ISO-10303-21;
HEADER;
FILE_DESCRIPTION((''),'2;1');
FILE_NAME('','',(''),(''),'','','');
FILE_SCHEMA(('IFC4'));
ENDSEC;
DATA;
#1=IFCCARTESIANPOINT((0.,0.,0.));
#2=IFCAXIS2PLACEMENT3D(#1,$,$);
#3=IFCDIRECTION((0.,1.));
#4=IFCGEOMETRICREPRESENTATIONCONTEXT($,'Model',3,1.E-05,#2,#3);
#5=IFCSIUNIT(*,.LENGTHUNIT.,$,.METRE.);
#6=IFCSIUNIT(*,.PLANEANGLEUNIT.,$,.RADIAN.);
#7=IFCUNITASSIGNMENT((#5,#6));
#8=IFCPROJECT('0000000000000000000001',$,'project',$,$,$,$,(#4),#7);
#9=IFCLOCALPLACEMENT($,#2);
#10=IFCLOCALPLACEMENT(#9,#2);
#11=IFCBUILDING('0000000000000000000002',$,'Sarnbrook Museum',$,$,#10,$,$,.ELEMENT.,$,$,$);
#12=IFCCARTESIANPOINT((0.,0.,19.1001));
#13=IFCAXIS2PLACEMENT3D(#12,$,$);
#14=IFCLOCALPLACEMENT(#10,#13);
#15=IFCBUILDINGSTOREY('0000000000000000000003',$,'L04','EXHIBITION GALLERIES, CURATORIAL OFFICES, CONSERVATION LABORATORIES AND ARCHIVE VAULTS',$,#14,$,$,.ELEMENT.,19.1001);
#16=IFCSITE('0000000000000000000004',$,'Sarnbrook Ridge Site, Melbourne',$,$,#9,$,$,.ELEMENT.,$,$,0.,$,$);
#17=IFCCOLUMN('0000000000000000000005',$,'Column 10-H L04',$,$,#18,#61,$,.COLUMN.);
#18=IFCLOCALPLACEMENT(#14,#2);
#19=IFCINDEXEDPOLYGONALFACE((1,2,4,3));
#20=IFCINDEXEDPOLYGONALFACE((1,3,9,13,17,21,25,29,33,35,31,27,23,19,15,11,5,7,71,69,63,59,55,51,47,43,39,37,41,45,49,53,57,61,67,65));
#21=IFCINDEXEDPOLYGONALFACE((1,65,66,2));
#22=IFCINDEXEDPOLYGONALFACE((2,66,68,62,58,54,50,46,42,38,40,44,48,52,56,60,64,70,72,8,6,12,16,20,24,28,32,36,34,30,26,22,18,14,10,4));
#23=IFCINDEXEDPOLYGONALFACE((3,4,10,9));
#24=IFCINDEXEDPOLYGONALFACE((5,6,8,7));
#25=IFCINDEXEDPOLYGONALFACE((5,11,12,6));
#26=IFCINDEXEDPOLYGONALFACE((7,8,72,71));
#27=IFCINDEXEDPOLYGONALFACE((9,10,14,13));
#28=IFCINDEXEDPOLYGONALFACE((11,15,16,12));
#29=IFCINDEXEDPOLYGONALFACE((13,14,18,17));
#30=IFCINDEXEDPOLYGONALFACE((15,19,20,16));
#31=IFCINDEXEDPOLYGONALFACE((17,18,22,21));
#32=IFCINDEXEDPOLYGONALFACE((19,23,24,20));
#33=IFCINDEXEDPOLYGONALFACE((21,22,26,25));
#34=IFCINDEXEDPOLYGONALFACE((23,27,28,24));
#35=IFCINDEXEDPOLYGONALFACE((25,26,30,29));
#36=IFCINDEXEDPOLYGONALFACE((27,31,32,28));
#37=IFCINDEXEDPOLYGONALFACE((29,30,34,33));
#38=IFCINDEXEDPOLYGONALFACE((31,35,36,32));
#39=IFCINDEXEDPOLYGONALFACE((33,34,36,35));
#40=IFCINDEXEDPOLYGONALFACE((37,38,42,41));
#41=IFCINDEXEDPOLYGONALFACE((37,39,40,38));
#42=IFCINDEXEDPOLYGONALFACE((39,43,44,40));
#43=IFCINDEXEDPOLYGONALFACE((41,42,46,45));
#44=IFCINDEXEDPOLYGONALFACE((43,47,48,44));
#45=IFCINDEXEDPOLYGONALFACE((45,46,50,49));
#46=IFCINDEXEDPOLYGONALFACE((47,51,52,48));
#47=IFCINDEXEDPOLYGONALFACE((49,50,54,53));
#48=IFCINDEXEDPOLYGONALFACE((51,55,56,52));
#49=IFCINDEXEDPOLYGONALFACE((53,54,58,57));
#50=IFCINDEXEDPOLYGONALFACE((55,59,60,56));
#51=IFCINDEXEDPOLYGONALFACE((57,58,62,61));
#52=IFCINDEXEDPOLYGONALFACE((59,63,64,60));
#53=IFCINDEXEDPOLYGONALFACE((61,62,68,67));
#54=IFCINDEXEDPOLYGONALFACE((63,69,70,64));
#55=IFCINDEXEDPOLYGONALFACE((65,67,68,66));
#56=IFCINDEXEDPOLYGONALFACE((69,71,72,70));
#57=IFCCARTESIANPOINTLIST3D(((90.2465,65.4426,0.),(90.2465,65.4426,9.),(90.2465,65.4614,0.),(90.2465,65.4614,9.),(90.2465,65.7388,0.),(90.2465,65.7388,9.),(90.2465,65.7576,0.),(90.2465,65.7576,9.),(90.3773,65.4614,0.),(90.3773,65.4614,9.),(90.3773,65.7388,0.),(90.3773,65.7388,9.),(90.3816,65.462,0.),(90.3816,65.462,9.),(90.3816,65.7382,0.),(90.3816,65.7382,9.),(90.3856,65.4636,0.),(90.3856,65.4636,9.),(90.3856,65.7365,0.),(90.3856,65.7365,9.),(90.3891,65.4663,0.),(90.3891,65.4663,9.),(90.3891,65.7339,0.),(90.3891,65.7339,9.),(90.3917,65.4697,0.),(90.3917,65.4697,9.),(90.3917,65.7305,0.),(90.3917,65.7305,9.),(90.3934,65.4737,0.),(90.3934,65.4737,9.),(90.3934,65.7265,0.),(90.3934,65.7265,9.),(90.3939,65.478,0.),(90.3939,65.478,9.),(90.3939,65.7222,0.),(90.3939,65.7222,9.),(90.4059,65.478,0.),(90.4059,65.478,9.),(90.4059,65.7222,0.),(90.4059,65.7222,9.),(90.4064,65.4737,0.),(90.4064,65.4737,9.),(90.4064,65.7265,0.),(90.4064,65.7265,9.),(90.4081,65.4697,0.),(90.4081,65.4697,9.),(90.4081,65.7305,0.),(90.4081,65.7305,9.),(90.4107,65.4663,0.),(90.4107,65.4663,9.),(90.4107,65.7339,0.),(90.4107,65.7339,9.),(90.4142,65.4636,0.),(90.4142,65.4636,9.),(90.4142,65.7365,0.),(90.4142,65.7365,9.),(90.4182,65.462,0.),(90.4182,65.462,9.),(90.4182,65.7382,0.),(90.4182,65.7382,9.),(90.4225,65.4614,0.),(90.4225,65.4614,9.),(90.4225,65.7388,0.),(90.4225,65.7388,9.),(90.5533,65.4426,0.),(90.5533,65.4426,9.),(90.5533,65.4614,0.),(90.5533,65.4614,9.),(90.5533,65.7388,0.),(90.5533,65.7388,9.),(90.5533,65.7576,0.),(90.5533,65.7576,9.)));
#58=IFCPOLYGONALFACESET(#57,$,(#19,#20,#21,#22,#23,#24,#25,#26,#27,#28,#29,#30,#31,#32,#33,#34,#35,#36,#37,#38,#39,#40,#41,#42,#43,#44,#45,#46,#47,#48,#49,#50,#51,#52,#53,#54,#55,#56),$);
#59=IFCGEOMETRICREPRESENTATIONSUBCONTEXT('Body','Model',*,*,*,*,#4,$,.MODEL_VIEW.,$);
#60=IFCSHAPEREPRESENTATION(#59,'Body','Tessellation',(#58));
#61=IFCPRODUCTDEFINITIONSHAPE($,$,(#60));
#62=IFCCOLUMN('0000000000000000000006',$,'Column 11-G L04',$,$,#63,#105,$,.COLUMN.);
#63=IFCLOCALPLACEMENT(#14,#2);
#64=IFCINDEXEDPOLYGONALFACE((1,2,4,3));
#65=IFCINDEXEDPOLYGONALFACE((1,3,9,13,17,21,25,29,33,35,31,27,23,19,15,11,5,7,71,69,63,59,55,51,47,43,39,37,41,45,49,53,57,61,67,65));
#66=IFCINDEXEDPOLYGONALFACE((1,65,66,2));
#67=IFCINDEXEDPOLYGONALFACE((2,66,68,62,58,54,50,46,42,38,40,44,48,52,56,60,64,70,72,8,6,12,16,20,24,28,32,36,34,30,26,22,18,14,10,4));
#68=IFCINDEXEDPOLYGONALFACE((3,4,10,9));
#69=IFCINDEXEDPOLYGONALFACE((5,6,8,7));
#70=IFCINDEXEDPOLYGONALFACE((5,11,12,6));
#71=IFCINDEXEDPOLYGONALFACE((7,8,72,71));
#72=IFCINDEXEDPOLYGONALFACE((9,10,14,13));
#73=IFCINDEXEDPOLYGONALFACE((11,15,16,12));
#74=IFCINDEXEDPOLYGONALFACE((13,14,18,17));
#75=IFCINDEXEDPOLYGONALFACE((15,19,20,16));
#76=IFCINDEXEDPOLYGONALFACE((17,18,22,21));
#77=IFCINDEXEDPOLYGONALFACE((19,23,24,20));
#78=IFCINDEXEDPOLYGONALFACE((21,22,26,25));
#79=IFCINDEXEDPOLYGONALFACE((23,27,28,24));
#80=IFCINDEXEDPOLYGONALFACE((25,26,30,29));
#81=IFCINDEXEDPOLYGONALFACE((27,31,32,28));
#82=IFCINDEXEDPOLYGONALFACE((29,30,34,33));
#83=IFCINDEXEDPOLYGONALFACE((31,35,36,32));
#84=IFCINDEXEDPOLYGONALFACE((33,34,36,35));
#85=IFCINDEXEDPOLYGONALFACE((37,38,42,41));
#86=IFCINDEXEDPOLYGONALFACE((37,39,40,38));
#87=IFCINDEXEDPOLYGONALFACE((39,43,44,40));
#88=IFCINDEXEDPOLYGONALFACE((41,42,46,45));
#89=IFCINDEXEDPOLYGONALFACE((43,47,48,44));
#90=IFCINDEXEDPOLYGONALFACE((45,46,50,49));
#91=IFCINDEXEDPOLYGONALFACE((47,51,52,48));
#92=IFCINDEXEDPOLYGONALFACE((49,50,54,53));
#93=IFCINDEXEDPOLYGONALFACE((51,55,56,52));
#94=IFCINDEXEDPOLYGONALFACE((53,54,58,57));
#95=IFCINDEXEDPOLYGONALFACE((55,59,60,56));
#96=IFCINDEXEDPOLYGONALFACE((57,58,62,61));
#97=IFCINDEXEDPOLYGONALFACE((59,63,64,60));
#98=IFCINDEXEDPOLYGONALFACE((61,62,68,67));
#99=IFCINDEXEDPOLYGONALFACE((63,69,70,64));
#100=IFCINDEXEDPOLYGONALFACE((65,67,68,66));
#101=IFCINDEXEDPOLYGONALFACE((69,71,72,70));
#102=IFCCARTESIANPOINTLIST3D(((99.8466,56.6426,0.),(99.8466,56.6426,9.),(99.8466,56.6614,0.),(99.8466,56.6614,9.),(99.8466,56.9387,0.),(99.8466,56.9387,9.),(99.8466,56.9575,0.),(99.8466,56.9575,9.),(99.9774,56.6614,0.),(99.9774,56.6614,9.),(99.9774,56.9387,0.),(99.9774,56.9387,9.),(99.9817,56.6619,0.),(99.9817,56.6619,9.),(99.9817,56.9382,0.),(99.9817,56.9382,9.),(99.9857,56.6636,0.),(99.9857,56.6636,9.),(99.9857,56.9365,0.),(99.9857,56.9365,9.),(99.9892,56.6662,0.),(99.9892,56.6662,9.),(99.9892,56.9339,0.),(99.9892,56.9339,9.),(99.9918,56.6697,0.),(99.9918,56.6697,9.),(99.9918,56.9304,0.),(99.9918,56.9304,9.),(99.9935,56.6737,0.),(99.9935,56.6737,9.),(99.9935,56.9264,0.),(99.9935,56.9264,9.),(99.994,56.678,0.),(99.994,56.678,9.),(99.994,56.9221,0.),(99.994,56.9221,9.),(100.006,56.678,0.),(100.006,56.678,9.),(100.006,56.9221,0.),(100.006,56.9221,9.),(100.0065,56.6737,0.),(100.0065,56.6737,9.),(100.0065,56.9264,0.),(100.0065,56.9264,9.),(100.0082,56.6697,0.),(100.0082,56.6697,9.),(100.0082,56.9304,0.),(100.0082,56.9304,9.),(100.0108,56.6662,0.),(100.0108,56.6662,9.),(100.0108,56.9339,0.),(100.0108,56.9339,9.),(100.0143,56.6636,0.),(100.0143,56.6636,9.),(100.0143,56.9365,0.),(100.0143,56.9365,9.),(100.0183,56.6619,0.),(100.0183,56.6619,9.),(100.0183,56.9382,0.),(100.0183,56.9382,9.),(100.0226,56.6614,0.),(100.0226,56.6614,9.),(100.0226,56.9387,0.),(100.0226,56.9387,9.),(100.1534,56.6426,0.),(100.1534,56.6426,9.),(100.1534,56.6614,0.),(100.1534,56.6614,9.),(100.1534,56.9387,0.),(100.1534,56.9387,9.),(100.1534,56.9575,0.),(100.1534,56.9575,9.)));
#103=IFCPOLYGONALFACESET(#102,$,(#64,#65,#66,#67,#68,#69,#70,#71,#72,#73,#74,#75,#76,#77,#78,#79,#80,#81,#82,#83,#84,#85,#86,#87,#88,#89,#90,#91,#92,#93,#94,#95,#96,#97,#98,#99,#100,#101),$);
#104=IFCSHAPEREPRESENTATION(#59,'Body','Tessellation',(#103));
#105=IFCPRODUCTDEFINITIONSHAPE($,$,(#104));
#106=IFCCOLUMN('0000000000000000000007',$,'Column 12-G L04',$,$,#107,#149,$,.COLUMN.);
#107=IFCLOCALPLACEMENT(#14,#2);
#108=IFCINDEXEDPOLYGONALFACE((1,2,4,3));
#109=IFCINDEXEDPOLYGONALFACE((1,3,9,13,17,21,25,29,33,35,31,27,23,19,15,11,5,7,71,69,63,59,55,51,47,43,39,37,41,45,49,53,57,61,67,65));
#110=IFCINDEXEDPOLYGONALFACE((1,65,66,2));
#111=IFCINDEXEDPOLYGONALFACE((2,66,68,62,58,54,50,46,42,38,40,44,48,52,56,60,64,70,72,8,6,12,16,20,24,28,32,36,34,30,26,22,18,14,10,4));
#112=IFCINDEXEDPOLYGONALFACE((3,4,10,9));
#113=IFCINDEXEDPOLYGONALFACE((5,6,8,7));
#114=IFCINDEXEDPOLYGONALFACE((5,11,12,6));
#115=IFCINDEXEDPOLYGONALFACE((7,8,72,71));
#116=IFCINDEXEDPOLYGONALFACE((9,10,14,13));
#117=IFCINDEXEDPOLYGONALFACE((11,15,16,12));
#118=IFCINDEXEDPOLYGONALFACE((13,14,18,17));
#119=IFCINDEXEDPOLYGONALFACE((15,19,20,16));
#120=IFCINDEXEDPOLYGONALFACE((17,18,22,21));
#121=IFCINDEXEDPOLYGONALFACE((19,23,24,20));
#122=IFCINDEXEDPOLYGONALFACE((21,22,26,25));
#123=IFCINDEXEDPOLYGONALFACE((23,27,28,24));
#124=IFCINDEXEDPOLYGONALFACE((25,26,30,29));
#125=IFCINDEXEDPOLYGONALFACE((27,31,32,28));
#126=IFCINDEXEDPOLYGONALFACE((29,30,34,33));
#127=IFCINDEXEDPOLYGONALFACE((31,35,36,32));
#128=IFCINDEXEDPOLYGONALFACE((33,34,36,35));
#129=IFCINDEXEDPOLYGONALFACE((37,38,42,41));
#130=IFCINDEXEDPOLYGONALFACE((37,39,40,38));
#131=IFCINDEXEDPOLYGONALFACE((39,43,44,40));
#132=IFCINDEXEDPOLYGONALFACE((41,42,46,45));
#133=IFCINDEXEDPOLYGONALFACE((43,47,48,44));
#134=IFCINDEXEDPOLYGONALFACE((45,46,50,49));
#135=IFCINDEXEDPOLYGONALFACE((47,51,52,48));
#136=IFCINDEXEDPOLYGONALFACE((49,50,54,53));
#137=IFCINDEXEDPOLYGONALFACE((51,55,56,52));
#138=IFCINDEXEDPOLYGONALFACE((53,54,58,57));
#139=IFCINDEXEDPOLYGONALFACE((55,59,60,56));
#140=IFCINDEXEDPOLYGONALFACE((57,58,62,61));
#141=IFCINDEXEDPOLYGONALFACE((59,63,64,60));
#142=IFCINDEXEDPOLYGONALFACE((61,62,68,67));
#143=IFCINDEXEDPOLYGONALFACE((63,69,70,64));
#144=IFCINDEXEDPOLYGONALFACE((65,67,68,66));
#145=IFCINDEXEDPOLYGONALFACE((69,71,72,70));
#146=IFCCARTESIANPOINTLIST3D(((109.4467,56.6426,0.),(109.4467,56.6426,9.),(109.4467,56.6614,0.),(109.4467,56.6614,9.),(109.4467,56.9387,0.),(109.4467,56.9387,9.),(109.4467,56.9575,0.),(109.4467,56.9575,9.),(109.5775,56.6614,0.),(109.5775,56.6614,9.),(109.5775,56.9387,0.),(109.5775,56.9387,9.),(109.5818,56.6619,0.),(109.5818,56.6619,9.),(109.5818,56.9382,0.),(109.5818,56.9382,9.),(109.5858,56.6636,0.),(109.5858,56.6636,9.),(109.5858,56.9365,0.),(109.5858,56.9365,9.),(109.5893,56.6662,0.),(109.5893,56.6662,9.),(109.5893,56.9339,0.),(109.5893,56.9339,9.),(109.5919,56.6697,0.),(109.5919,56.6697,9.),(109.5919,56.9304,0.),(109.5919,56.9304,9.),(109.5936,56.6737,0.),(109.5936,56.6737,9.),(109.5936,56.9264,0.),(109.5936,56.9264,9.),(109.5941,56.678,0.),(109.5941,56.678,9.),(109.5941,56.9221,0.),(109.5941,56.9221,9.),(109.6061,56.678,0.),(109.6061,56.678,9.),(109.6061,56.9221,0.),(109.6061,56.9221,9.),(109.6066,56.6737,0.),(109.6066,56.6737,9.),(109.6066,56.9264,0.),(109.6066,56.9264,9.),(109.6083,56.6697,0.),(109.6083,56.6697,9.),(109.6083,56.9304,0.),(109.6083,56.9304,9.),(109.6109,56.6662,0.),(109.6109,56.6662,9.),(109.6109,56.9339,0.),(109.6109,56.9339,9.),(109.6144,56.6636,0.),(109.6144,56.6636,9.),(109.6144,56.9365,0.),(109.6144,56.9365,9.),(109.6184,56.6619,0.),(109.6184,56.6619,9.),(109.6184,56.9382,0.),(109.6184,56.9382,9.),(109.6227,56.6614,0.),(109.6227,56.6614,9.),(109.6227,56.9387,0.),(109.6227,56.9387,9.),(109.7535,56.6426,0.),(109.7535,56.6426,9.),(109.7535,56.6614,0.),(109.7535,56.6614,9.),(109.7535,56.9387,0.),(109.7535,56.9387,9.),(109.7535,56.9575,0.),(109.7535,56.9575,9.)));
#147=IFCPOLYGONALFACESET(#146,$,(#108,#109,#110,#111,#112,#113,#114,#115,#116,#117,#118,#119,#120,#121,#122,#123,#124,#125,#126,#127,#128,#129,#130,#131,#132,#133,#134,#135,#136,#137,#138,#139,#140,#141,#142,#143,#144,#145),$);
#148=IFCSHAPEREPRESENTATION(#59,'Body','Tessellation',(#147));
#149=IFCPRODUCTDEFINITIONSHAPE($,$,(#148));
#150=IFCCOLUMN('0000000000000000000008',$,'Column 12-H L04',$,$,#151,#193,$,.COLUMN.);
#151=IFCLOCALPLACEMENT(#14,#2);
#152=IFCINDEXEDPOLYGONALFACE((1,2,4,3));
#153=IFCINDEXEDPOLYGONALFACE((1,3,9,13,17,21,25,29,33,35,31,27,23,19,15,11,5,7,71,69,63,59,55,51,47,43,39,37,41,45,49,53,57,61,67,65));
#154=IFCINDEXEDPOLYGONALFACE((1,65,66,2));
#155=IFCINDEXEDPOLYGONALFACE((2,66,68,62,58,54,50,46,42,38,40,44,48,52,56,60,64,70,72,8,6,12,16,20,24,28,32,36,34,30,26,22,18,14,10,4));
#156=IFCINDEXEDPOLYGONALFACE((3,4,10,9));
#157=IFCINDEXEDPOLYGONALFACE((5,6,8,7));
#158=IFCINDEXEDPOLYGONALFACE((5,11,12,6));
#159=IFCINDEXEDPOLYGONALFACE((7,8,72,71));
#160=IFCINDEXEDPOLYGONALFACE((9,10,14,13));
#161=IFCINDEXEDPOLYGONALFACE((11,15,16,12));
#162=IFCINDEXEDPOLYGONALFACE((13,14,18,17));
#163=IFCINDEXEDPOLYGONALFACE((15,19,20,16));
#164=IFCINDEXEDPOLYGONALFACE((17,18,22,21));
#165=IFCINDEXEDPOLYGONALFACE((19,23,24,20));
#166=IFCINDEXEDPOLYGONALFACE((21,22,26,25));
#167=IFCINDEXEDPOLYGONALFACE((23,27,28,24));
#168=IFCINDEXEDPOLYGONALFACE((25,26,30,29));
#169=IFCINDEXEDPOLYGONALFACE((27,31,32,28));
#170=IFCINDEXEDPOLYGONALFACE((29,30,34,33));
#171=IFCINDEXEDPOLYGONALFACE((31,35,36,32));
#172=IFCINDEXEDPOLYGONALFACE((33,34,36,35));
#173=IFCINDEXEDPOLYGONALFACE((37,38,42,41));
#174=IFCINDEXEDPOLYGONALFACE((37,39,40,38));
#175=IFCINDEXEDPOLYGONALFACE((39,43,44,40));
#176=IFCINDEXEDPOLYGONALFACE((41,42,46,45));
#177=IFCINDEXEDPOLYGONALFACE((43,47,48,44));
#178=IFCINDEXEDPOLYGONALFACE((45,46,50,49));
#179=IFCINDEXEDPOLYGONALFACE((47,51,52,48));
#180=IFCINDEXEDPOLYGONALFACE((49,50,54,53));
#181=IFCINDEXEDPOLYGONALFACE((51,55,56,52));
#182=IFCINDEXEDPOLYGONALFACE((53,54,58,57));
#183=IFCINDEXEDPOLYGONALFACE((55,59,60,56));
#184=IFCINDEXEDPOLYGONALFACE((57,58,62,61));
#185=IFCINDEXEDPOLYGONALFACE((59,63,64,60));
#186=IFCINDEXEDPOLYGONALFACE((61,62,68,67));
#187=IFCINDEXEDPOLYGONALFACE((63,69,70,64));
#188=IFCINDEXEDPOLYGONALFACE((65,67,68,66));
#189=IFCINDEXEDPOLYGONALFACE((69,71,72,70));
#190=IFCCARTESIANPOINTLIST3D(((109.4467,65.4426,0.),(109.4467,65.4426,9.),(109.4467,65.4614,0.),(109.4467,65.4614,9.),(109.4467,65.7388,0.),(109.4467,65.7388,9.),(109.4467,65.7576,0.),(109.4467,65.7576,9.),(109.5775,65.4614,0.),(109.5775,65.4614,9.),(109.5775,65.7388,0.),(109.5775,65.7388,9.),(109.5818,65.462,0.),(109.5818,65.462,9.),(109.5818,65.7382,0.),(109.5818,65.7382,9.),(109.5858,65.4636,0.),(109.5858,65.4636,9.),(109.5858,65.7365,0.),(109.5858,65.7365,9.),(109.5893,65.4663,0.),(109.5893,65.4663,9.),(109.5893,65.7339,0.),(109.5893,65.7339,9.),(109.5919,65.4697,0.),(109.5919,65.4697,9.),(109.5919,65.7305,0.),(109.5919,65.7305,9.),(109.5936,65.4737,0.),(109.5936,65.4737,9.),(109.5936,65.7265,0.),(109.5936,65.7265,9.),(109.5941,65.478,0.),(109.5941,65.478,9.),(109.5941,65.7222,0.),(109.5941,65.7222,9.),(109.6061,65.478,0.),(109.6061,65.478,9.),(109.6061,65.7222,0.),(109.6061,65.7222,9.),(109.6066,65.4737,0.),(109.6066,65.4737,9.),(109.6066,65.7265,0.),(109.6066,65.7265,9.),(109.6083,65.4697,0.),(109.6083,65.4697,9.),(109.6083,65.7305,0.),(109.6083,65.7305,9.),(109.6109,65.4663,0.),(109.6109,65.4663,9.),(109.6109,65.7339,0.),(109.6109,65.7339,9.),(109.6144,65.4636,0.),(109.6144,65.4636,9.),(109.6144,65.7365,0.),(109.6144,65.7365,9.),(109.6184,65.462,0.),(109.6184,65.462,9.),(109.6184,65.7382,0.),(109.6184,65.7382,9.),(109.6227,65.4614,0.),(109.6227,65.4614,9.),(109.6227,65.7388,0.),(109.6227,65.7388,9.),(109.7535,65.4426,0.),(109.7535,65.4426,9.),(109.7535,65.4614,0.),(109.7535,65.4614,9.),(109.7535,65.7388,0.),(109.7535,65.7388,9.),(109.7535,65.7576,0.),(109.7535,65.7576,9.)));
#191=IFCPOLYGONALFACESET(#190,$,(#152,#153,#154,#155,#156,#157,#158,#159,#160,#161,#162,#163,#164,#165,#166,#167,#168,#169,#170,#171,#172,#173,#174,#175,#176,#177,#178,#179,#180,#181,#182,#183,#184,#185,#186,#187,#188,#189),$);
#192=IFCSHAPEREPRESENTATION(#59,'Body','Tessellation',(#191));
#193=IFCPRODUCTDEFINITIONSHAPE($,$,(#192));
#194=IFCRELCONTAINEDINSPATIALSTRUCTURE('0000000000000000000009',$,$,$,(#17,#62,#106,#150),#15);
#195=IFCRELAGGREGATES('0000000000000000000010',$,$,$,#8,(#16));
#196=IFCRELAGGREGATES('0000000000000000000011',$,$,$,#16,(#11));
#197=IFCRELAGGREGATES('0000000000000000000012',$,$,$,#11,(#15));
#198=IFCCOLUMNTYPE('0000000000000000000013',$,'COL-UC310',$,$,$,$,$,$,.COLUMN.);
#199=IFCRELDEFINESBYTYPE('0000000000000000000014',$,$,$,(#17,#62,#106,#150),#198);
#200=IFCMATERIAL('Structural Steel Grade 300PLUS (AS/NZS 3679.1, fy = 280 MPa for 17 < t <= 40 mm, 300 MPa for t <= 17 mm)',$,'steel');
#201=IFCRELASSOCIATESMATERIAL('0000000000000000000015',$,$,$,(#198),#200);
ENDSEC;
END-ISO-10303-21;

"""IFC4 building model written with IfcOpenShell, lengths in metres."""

from ifc_helpers import new_model, si_unit, direction, frame, origin, origin_2d, place, context, subcontext, project, spatial, i_section, extrude, material, material_profile, profile_set, type_object, element, save


model = new_model("IFC4")

# Units and contexts
model_context = context("Model", 3, precision=1e-05, world=origin(), true_north=direction((0.0, 1.0)))
body_context = subcontext(model_context, "Body", "Model", "MODEL_VIEW")
ifc_project = project(units=[si_unit("LENGTHUNIT", "METRE"), si_unit("PLANEANGLEUNIT", "RADIAN")], contexts=[model_context])

# Site, building, storey
site_placement = place(None, origin())
site = spatial("IfcSite", under=ifc_project, at=site_placement, Name="Sarnbrook Ridge Site, Melbourne", CompositionType="ELEMENT", RefElevation=0.0)
building_placement = place(site_placement, origin())
building = spatial("IfcBuilding", under=site, at=building_placement, Name="Sarnbrook Museum", CompositionType="ELEMENT")
storey_placement = place(building_placement, frame((0.0, 0.0, 19.1001)))
storey = spatial("IfcBuildingStorey", under=building, at=storey_placement, Name="L04", Description="EXHIBITION GALLERIES, CURATORIAL OFFICES, CONSERVATION LABORATORIES AND ARCHIVE VAULTS", CompositionType="ELEMENT", Elevation=19.1001)

# Columns
ifc_material_1 = material(Name="Structural Steel Grade 300PLUS (AS/NZS 3679.1, fy = 280 MPa for 17 < t <= 40 mm, 300 MPa for t <= 17 mm)", Category="steel")
ifc_material_profile_1 = material_profile(ifc_material_1, i_section(OverallWidth=0.3069, OverallDepth=0.3149, WebThickness=0.012, FlangeThickness=0.0188, FilletRadius=0.0166, at=origin_2d()), Name="310UC118")
ifc_profile_set_1 = profile_set([ifc_material_profile_1], Name="Structural Steel Grade 300PLUS (AS/NZS 3679.1, fy = 280 MPa for 17 < t <= 40 mm, 300 MPa for t <= 17 mm)")
column_type = type_object("IfcColumnType", Name="COL-UC310", PredefinedType="COLUMN", material=ifc_profile_set_1)
for number, where, z_axis, x_axis, name in (
    (1, (90.3999, 65.6001, 0.0), (0.0, 0.0, 1.0), (1.0, 0.0, 0.0), "Column 10-H L04"),
    (2, (100.0, 56.8, 0.0), (0.0, 0.0, 1.0), (1.0, 0.0, 0.0), "Column 11-G L04"),
    (3, (109.6001, 56.8, 0.0), (0.0, 0.0, 1.0), (1.0, 0.0, 0.0), "Column 12-G L04"),
    (4, (109.6001, 65.6001, 0.0), (0.0, 0.0, 1.0), (1.0, 0.0, 0.0), "Column 12-H L04"),
):
    element("IfcColumn", number, at=place(storey_placement, frame(where, z_axis=z_axis, x_axis=x_axis)), inside=storey, type_object=column_type, Name=name, PredefinedType="COLUMN", context=body_context, shape_type="SweptSolid", body=[
        extrude(i_section(OverallWidth=0.3069, OverallDepth=0.3149, WebThickness=0.012, FlangeThickness=0.0188, FilletRadius=0.0166, at=origin_2d()), origin(), (0.0, 0.0, 1.0), 9.0),
    ])

save(model, "model.ifc")
